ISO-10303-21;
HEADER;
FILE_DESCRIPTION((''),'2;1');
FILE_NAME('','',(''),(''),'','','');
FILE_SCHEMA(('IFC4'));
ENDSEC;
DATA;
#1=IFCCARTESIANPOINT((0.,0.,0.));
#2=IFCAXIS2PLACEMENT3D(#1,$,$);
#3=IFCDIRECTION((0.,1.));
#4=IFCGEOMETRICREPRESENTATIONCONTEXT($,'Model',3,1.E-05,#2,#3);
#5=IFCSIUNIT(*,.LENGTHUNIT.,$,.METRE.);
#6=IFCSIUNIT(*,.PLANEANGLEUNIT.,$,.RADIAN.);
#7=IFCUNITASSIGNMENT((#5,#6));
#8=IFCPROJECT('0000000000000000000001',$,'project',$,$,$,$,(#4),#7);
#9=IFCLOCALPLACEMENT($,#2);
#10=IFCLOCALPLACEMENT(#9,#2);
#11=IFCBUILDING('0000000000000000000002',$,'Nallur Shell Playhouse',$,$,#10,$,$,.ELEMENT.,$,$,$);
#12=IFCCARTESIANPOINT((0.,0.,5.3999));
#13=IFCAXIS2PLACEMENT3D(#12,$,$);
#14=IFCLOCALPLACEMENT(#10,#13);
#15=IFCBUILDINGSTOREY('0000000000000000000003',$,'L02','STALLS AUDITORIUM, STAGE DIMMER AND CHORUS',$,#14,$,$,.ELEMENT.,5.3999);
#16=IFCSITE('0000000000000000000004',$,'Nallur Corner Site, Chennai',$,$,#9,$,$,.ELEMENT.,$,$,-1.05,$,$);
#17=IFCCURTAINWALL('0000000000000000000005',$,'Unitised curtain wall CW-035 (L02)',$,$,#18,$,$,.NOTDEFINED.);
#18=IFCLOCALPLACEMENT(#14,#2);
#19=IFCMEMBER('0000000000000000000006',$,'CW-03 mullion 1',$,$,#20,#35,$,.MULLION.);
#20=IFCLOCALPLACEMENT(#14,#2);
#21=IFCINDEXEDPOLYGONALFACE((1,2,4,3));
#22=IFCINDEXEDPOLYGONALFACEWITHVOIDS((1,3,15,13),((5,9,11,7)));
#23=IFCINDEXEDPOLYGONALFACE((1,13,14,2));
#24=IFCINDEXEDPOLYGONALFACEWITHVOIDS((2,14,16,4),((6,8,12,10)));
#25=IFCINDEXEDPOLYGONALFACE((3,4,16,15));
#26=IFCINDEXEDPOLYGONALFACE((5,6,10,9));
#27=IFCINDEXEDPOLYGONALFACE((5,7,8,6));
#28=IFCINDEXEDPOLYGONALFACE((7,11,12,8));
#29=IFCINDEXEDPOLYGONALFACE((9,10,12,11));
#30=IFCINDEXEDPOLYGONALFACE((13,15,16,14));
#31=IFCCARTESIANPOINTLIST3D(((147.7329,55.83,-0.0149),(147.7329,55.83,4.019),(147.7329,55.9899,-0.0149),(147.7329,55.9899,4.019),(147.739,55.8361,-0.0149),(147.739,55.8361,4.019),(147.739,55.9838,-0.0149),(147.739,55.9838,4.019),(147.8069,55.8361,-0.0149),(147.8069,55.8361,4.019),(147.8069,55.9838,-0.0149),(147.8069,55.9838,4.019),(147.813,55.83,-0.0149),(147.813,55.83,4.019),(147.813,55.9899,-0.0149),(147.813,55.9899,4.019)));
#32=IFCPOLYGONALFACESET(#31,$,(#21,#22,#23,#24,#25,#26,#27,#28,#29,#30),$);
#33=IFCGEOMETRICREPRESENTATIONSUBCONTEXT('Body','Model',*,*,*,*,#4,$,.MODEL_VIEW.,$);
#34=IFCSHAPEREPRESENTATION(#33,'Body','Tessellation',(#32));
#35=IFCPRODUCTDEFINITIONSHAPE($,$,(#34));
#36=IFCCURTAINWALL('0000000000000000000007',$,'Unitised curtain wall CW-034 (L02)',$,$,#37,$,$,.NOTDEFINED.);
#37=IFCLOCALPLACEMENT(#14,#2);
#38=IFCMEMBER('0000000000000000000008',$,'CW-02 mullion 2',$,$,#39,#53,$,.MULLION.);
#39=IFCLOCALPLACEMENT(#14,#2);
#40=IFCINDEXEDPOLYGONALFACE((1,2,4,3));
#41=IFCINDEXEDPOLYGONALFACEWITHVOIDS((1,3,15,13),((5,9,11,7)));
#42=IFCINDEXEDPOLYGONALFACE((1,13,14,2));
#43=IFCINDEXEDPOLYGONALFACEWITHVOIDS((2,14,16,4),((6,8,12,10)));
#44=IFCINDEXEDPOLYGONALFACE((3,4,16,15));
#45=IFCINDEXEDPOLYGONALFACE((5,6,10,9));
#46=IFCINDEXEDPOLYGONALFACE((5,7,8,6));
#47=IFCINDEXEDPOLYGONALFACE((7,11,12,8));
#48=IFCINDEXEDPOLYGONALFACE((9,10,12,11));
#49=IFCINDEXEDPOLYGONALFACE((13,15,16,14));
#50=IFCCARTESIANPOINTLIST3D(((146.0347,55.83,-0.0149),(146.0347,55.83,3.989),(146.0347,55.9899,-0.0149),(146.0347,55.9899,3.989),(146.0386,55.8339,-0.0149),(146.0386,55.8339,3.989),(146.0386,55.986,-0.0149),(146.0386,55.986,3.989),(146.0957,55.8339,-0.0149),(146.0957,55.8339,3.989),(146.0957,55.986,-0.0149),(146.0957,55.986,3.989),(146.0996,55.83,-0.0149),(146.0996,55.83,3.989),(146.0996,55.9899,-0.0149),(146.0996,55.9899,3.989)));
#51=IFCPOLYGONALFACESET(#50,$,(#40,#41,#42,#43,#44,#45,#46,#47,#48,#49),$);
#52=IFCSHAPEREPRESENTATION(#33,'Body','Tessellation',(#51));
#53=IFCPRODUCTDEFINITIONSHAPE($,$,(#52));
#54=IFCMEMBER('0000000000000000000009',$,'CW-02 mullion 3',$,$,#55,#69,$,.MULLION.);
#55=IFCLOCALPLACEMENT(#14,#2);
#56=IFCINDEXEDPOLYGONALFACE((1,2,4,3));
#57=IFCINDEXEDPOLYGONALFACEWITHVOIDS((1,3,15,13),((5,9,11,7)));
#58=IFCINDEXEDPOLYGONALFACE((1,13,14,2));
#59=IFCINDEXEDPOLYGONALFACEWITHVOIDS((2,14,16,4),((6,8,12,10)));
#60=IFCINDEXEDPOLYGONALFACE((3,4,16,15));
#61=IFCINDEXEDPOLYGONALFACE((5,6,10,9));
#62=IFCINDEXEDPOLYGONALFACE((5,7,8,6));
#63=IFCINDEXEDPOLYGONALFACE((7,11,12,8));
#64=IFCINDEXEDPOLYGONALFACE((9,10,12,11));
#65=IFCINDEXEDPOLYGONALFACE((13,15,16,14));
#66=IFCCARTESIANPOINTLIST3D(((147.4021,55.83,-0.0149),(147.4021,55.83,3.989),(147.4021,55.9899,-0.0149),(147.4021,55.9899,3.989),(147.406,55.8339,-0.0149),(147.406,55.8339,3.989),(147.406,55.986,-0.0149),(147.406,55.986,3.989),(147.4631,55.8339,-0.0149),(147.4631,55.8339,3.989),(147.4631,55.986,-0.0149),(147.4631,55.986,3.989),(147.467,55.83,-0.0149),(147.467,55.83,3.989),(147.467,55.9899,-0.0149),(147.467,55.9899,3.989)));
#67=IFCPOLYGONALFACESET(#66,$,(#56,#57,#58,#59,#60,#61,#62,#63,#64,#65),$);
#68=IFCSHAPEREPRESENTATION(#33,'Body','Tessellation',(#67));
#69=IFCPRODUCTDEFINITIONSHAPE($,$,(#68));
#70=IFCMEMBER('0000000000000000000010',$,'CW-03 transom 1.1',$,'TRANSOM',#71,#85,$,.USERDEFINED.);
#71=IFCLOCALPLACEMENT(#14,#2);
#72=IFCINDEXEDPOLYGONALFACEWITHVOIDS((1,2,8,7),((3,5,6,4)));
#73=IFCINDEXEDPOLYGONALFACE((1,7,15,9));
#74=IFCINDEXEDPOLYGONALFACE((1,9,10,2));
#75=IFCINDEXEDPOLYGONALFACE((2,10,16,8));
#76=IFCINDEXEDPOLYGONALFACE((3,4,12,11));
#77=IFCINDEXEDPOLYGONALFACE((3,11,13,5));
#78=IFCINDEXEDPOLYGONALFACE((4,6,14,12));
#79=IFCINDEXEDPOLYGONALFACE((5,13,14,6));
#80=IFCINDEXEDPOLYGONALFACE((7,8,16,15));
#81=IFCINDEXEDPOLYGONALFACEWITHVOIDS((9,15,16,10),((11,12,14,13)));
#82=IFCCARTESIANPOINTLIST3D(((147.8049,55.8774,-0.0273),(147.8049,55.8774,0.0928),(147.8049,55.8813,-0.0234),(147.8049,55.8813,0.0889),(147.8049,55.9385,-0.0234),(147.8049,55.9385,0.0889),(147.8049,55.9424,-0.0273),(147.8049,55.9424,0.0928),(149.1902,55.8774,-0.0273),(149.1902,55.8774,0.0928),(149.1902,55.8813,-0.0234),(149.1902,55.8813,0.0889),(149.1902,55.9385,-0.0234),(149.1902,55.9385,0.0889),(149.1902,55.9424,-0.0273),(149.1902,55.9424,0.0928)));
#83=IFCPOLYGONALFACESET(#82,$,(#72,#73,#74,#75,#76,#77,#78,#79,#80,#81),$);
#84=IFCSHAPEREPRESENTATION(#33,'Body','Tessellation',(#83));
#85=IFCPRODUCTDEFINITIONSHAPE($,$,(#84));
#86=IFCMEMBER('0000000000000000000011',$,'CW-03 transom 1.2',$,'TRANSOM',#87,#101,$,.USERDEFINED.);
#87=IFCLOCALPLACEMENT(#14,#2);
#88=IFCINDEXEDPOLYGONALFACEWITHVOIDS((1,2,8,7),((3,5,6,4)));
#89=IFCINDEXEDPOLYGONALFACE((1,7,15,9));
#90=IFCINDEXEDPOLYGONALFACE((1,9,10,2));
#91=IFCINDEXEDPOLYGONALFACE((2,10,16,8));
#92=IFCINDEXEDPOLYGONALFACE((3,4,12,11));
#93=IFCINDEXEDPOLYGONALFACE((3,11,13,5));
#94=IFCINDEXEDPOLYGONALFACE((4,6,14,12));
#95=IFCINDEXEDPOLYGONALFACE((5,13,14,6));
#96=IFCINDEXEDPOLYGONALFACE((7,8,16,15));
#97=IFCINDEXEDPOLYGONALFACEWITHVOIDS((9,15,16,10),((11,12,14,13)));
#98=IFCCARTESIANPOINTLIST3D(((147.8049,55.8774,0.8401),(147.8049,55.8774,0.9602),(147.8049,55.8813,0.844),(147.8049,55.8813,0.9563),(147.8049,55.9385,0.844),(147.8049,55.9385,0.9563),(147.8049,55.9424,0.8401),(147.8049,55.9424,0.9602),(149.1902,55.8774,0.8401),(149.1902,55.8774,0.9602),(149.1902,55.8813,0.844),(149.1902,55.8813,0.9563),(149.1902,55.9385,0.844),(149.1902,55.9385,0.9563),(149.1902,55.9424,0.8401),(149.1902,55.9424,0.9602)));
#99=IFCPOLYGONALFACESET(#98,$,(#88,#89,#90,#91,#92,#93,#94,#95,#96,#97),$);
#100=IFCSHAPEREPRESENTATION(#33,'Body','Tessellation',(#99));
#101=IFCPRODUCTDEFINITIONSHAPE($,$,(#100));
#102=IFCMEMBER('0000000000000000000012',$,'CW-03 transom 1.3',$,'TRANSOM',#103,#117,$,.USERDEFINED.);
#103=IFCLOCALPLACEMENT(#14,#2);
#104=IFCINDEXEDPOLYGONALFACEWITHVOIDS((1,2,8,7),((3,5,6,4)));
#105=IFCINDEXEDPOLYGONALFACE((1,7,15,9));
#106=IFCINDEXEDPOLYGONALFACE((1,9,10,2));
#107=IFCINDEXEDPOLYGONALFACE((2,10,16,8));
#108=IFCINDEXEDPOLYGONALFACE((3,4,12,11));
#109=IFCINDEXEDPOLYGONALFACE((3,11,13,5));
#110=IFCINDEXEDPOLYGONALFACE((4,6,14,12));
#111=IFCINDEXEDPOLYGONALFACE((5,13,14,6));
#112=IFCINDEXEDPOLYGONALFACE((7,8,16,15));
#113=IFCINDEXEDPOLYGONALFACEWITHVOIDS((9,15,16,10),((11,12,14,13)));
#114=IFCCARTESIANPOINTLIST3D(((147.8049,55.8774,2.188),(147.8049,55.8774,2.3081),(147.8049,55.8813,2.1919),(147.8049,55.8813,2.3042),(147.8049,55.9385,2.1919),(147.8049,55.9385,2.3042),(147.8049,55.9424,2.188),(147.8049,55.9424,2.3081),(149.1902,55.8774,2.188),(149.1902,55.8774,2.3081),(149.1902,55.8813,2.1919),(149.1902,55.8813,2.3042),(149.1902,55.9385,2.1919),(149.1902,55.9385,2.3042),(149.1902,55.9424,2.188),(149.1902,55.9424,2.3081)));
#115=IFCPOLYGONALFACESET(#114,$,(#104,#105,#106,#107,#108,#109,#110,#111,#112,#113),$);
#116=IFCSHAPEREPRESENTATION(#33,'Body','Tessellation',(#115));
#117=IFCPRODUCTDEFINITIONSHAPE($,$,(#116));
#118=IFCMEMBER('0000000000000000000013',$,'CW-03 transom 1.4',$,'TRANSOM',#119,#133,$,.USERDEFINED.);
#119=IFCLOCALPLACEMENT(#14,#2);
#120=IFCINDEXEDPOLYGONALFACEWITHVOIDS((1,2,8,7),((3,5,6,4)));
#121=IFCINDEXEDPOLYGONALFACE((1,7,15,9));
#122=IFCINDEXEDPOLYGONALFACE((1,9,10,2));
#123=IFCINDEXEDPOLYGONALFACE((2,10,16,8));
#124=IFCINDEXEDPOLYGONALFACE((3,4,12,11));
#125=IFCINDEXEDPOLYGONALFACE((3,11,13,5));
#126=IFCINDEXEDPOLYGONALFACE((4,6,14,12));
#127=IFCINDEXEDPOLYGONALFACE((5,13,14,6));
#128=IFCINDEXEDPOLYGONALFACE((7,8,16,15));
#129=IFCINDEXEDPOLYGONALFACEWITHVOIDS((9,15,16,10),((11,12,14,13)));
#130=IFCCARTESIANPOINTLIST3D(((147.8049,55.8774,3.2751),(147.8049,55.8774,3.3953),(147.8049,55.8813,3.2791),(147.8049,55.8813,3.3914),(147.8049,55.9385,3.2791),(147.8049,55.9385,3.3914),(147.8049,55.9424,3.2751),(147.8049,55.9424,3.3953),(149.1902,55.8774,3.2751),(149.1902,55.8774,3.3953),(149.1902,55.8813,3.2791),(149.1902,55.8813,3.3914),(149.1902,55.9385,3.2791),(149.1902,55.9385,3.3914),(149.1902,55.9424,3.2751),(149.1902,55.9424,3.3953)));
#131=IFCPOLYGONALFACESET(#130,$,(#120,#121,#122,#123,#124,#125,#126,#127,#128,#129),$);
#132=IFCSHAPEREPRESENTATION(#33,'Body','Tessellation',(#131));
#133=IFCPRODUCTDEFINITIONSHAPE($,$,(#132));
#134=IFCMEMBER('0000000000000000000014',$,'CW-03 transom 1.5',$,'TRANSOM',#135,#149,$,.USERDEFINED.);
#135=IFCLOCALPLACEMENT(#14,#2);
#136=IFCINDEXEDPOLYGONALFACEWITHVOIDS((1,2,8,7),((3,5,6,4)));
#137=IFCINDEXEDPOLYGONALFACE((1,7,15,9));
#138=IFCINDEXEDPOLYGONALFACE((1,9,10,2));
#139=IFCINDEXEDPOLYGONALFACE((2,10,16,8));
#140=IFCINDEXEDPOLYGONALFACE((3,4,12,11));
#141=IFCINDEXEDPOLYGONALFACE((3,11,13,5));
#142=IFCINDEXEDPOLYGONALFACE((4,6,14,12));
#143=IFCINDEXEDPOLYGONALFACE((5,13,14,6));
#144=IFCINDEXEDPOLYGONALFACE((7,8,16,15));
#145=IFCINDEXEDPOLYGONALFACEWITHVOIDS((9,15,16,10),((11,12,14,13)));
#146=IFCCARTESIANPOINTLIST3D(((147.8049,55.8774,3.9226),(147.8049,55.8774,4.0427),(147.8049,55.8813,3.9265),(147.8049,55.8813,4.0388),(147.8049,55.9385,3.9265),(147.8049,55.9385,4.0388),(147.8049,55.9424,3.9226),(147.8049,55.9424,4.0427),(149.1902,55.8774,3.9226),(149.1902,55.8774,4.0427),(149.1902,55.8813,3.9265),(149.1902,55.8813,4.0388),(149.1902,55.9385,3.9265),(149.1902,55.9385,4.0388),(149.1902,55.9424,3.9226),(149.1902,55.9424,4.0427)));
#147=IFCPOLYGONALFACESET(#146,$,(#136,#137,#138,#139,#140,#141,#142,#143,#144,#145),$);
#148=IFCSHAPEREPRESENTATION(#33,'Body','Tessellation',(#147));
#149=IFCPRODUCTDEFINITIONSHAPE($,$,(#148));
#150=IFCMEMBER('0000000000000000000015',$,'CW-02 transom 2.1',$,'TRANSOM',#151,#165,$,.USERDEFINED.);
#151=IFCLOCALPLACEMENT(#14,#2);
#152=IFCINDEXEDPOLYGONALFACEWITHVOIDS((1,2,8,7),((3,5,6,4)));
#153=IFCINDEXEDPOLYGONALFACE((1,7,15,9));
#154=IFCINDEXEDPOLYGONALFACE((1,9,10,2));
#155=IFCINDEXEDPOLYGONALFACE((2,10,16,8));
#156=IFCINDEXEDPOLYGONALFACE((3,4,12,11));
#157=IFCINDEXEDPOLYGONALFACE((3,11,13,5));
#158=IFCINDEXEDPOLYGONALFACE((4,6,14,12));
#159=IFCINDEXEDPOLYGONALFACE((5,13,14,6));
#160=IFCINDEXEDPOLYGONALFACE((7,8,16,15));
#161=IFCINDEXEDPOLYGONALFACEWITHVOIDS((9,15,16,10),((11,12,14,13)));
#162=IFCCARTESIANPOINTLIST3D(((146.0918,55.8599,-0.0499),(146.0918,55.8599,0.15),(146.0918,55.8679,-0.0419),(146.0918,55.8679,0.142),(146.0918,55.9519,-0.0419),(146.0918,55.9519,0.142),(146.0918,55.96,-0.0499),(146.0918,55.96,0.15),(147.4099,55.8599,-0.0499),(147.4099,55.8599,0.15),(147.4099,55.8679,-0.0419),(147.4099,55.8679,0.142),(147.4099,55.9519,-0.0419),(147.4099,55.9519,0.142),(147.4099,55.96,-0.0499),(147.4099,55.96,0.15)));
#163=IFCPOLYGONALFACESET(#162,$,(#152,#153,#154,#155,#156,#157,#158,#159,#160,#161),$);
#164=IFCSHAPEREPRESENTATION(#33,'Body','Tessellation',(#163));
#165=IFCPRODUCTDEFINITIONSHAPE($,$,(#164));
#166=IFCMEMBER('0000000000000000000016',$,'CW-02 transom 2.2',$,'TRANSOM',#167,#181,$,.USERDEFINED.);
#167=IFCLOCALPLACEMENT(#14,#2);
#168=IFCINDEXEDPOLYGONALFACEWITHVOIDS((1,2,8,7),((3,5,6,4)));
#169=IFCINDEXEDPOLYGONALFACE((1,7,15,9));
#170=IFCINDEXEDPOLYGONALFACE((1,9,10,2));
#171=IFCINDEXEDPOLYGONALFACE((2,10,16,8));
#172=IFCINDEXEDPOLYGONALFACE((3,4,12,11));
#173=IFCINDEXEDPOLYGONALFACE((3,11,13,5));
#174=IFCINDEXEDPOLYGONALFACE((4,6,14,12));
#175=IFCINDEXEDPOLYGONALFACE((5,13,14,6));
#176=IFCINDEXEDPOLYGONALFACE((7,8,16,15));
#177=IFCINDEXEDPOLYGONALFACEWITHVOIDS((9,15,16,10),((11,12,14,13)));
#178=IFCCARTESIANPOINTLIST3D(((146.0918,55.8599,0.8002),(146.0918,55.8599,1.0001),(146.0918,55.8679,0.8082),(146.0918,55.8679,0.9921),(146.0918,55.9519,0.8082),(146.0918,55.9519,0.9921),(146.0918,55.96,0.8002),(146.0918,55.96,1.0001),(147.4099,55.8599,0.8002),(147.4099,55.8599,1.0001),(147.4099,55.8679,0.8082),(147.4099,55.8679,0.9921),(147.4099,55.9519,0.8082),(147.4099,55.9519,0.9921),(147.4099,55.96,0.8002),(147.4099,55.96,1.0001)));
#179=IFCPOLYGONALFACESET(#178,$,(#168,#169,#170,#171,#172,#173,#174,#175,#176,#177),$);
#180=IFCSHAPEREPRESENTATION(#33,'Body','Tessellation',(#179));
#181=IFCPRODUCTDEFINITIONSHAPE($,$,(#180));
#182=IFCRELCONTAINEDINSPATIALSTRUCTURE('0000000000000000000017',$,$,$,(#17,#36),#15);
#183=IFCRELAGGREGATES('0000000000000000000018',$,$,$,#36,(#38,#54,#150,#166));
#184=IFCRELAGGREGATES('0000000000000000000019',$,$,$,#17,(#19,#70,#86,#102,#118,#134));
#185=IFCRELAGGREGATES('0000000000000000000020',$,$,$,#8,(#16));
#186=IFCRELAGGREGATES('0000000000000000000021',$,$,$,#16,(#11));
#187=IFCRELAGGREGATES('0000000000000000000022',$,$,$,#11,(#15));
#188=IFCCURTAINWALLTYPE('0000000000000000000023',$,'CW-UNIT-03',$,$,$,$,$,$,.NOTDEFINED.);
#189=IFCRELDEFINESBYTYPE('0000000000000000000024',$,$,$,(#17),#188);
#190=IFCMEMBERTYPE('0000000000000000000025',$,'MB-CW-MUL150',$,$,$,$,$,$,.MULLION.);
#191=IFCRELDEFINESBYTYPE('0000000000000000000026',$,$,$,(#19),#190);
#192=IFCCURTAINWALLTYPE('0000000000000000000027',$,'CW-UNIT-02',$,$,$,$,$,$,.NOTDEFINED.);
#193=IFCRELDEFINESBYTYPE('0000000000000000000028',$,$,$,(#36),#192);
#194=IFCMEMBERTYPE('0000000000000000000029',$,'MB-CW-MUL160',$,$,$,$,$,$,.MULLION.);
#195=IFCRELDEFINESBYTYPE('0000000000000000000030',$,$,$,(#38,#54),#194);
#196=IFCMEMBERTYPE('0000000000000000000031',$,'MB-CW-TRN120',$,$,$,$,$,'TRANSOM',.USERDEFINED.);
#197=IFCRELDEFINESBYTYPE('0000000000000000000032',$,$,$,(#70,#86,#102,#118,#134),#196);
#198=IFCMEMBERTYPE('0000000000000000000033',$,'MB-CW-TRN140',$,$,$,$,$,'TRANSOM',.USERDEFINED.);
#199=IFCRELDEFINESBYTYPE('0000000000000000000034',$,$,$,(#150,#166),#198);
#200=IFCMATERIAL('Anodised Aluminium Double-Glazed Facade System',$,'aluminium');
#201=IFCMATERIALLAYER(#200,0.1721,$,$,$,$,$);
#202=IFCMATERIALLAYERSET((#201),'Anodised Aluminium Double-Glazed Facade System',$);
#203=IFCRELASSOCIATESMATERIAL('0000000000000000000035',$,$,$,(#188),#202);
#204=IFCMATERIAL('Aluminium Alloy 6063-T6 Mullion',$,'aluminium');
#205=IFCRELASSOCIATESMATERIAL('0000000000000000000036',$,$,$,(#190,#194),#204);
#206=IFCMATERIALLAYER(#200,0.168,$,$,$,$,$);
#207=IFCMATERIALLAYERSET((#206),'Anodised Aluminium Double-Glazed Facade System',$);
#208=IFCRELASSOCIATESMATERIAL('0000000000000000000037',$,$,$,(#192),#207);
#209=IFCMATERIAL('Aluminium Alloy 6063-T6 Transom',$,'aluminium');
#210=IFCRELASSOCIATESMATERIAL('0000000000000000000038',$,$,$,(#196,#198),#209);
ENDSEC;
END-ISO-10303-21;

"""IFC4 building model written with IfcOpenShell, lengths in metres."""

from ifc_helpers import new_model, si_unit, direction, frame, origin, origin_2d, place, context, subcontext, project, spatial, hollow_rectangle, extrude, material, layer, layer_set, material_profile, profile_set, type_object, element, aggregate, save


model = new_model("IFC4")

# Units and contexts
model_context = context("Model", 3, precision=1e-05, world=origin(), true_north=direction((0.0, 1.0)))
body_context = subcontext(model_context, "Body", "Model", "MODEL_VIEW")
ifc_project = project(units=[si_unit("LENGTHUNIT", "METRE"), si_unit("PLANEANGLEUNIT", "RADIAN")], contexts=[model_context])

# Site, building, storey
site_placement = place(None, origin())
site = spatial("IfcSite", under=ifc_project, at=site_placement, Name="Nallur Corner Site, Chennai", CompositionType="ELEMENT", RefElevation=-1.05)
building_placement = place(site_placement, origin())
building = spatial("IfcBuilding", under=site, at=building_placement, Name="Nallur Shell Playhouse", CompositionType="ELEMENT")
storey_placement = place(building_placement, frame((0.0, 0.0, 5.3999)))
storey = spatial("IfcBuildingStorey", under=building, at=storey_placement, Name="L02", Description="STALLS AUDITORIUM, STAGE DIMMER AND CHORUS", CompositionType="ELEMENT", Elevation=5.3999)

# Curtain wall, member
ifc_material_1 = material(Name="Anodised Aluminium Double-Glazed Facade System", Category="aluminium")
ifc_layer_1 = layer(ifc_material_1, 0.1721)
ifc_layer_set_1 = layer_set([ifc_layer_1], Name="Anodised Aluminium Double-Glazed Facade System")
curtain_wall_type_1 = type_object("IfcCurtainWallType", Name="CW-UNIT-03", PredefinedType="NOTDEFINED", material=ifc_layer_set_1)
curtain_wall_1_placement = place(storey_placement, origin())
curtain_wall_1 = element("IfcCurtainWall", 1, at=curtain_wall_1_placement, inside=storey, type_object=curtain_wall_type_1, Name="Unitised curtain wall CW-035 (L02)", PredefinedType="NOTDEFINED")
ifc_material_2 = material(Name="Aluminium Alloy 6063-T6 Mullion", Category="aluminium")
ifc_material_profile_1 = material_profile(ifc_material_2, hollow_rectangle(XDim=0.0801, YDim=0.1599, WallThickness=0.0061, at=origin_2d()), Name="RHS 160x80x6")
ifc_profile_set_1 = profile_set([ifc_material_profile_1], Name="Aluminium Alloy 6063-T6 Mullion")
member_type_1 = type_object("IfcMemberType", Name="MB-CW-MUL150", PredefinedType="MULLION", material=ifc_profile_set_1)
member_1_placement = place(storey_placement, frame((147.7729, 55.9099, -0.0149), z_axis=(0.0, 0.0, 1.0), x_axis=(1.0, 0.0, 0.0)))
member_1 = element("IfcMember", 2, at=member_1_placement, type_object=member_type_1, Name="CW-03 mullion 1", PredefinedType="MULLION", context=body_context, shape_type="SweptSolid", body=[
    extrude(hollow_rectangle(XDim=0.0801, YDim=0.1599, WallThickness=0.0061, at=origin_2d()), origin(), (0.0, 0.0, 1.0), 4.0339),
])

# Curtain wall, members
ifc_layer_2 = layer(ifc_material_1, 0.168)
ifc_layer_set_2 = layer_set([ifc_layer_2], Name="Anodised Aluminium Double-Glazed Facade System")
curtain_wall_type_2 = type_object("IfcCurtainWallType", Name="CW-UNIT-02", PredefinedType="NOTDEFINED", material=ifc_layer_set_2)
curtain_wall_2_placement = place(storey_placement, origin())
curtain_wall_2 = element("IfcCurtainWall", 3, at=curtain_wall_2_placement, inside=storey, type_object=curtain_wall_type_2, Name="Unitised curtain wall CW-034 (L02)", PredefinedType="NOTDEFINED")
ifc_material_profile_2 = material_profile(ifc_material_2, hollow_rectangle(XDim=0.0649, YDim=0.1599, WallThickness=0.0039, at=origin_2d()), Name="ALU 65x160x4")
ifc_profile_set_2 = profile_set([ifc_material_profile_2], Name="Aluminium Alloy 6063-T6 Mullion")
member_type_2 = type_object("IfcMemberType", Name="MB-CW-MUL160", PredefinedType="MULLION", material=ifc_profile_set_2)
member_2_placement = place(storey_placement, frame((146.0671, 55.9099, -0.0149), z_axis=(0.0, 0.0, 1.0), x_axis=(1.0, 0.0, 0.0)))
member_2 = element("IfcMember", 4, at=member_2_placement, type_object=member_type_2, Name="CW-02 mullion 2", PredefinedType="MULLION", context=body_context, shape_type="SweptSolid", body=[
    extrude(hollow_rectangle(XDim=0.0649, YDim=0.1599, WallThickness=0.0039, at=origin_2d()), origin(), (0.0, 0.0, 1.0), 4.0039),
])
member_3_placement = place(storey_placement, frame((147.4346, 55.9099, -0.0149), z_axis=(0.0, 0.0, 1.0), x_axis=(1.0, 0.0, 0.0)))
member_3 = element("IfcMember", 5, at=member_3_placement, type_object=member_type_2, Name="CW-02 mullion 3", PredefinedType="MULLION", context=body_context, shape_type="SweptSolid", body=[
    extrude(hollow_rectangle(XDim=0.0649, YDim=0.1599, WallThickness=0.0039, at=origin_2d()), origin(), (0.0, 0.0, 1.0), 4.0039),
])

# Members
ifc_material_3 = material(Name="Aluminium Alloy 6063-T6 Transom", Category="aluminium")
ifc_material_profile_3 = material_profile(ifc_material_3, hollow_rectangle(XDim=0.0649, YDim=0.1201, WallThickness=0.0039, at=origin_2d()), Name="ALU 65x120x4")
ifc_profile_set_3 = profile_set([ifc_material_profile_3], Name="Aluminium Alloy 6063-T6 Transom")
member_type_3 = type_object("IfcMemberType", Name="MB-CW-TRN120", ElementType="TRANSOM", PredefinedType="USERDEFINED", material=ifc_profile_set_3)
member_4_placement = place(storey_placement, frame((147.8049, 55.9099, 0.0327), z_axis=(1.0, 0.0, 0.0), x_axis=(0.0, 1.0, 0.0)))
member_4 = element("IfcMember", 6, at=member_4_placement, type_object=member_type_3, Name="CW-03 transom 1.1", ObjectType="TRANSOM", PredefinedType="USERDEFINED", context=body_context, shape_type="SweptSolid", body=[
    extrude(hollow_rectangle(XDim=0.0649, YDim=0.1201, WallThickness=0.0039, at=origin_2d()), origin(), (0.0, 0.0, 1.0), 1.3853),
])
member_5_placement = place(storey_placement, frame((147.8049, 55.9099, 0.9001), z_axis=(1.0, 0.0, 0.0), x_axis=(0.0, 1.0, 0.0)))
member_5 = element("IfcMember", 7, at=member_5_placement, type_object=member_type_3, Name="CW-03 transom 1.2", ObjectType="TRANSOM", PredefinedType="USERDEFINED", context=body_context, shape_type="SweptSolid", body=[
    extrude(hollow_rectangle(XDim=0.0649, YDim=0.1201, WallThickness=0.0039, at=origin_2d()), origin(), (0.0, 0.0, 1.0), 1.3853),
])
member_6_placement = place(storey_placement, frame((147.8049, 55.9099, 2.248), z_axis=(1.0, 0.0, 0.0), x_axis=(0.0, 1.0, 0.0)))
member_6 = element("IfcMember", 8, at=member_6_placement, type_object=member_type_3, Name="CW-03 transom 1.3", ObjectType="TRANSOM", PredefinedType="USERDEFINED", context=body_context, shape_type="SweptSolid", body=[
    extrude(hollow_rectangle(XDim=0.0649, YDim=0.1201, WallThickness=0.0039, at=origin_2d()), origin(), (0.0, 0.0, 1.0), 1.3853),
])
member_7_placement = place(storey_placement, frame((147.8049, 55.9099, 3.3352), z_axis=(1.0, 0.0, 0.0), x_axis=(0.0, 1.0, 0.0)))
member_7 = element("IfcMember", 9, at=member_7_placement, type_object=member_type_3, Name="CW-03 transom 1.4", ObjectType="TRANSOM", PredefinedType="USERDEFINED", context=body_context, shape_type="SweptSolid", body=[
    extrude(hollow_rectangle(XDim=0.0649, YDim=0.1201, WallThickness=0.0039, at=origin_2d()), origin(), (0.0, 0.0, 1.0), 1.3853),
])
member_8_placement = place(storey_placement, frame((147.8049, 55.9099, 3.9827), z_axis=(1.0, 0.0, 0.0), x_axis=(0.0, 1.0, 0.0)))
member_8 = element("IfcMember", 10, at=member_8_placement, type_object=member_type_3, Name="CW-03 transom 1.5", ObjectType="TRANSOM", PredefinedType="USERDEFINED", context=body_context, shape_type="SweptSolid", body=[
    extrude(hollow_rectangle(XDim=0.0649, YDim=0.1201, WallThickness=0.0039, at=origin_2d()), origin(), (0.0, 0.0, 1.0), 1.3853),
])
ifc_material_profile_4 = material_profile(ifc_material_3, hollow_rectangle(XDim=0.1001, YDim=0.2, WallThickness=0.0081, at=origin_2d()), Name="RHS 200x100x8")
ifc_profile_set_4 = profile_set([ifc_material_profile_4], Name="Aluminium Alloy 6063-T6 Transom")
member_type_4 = type_object("IfcMemberType", Name="MB-CW-TRN140", ElementType="TRANSOM", PredefinedType="USERDEFINED", material=ifc_profile_set_4)
member_9_placement = place(storey_placement, frame((146.0918, 55.9099, 0.05), z_axis=(1.0, 0.0, 0.0), x_axis=(0.0, 1.0, 0.0)))
member_9 = element("IfcMember", 11, at=member_9_placement, type_object=member_type_4, Name="CW-02 transom 2.1", ObjectType="TRANSOM", PredefinedType="USERDEFINED", context=body_context, shape_type="SweptSolid", body=[
    extrude(hollow_rectangle(XDim=0.1001, YDim=0.2, WallThickness=0.0081, at=origin_2d()), origin(), (0.0, 0.0, 1.0), 1.3181),
])
member_10_placement = place(storey_placement, frame((146.0918, 55.9099, 0.9001), z_axis=(1.0, 0.0, 0.0), x_axis=(0.0, 1.0, 0.0)))
member_10 = element("IfcMember", 12, at=member_10_placement, type_object=member_type_4, Name="CW-02 transom 2.2", ObjectType="TRANSOM", PredefinedType="USERDEFINED", context=body_context, shape_type="SweptSolid", body=[
    extrude(hollow_rectangle(XDim=0.1001, YDim=0.2, WallThickness=0.0081, at=origin_2d()), origin(), (0.0, 0.0, 1.0), 1.3181),
])

aggregate(curtain_wall_2, [member_2, member_3, member_9, member_10])
aggregate(curtain_wall_1, [member_1, member_4, member_5, member_6, member_7, member_8])

save(model, "model.ifc")
